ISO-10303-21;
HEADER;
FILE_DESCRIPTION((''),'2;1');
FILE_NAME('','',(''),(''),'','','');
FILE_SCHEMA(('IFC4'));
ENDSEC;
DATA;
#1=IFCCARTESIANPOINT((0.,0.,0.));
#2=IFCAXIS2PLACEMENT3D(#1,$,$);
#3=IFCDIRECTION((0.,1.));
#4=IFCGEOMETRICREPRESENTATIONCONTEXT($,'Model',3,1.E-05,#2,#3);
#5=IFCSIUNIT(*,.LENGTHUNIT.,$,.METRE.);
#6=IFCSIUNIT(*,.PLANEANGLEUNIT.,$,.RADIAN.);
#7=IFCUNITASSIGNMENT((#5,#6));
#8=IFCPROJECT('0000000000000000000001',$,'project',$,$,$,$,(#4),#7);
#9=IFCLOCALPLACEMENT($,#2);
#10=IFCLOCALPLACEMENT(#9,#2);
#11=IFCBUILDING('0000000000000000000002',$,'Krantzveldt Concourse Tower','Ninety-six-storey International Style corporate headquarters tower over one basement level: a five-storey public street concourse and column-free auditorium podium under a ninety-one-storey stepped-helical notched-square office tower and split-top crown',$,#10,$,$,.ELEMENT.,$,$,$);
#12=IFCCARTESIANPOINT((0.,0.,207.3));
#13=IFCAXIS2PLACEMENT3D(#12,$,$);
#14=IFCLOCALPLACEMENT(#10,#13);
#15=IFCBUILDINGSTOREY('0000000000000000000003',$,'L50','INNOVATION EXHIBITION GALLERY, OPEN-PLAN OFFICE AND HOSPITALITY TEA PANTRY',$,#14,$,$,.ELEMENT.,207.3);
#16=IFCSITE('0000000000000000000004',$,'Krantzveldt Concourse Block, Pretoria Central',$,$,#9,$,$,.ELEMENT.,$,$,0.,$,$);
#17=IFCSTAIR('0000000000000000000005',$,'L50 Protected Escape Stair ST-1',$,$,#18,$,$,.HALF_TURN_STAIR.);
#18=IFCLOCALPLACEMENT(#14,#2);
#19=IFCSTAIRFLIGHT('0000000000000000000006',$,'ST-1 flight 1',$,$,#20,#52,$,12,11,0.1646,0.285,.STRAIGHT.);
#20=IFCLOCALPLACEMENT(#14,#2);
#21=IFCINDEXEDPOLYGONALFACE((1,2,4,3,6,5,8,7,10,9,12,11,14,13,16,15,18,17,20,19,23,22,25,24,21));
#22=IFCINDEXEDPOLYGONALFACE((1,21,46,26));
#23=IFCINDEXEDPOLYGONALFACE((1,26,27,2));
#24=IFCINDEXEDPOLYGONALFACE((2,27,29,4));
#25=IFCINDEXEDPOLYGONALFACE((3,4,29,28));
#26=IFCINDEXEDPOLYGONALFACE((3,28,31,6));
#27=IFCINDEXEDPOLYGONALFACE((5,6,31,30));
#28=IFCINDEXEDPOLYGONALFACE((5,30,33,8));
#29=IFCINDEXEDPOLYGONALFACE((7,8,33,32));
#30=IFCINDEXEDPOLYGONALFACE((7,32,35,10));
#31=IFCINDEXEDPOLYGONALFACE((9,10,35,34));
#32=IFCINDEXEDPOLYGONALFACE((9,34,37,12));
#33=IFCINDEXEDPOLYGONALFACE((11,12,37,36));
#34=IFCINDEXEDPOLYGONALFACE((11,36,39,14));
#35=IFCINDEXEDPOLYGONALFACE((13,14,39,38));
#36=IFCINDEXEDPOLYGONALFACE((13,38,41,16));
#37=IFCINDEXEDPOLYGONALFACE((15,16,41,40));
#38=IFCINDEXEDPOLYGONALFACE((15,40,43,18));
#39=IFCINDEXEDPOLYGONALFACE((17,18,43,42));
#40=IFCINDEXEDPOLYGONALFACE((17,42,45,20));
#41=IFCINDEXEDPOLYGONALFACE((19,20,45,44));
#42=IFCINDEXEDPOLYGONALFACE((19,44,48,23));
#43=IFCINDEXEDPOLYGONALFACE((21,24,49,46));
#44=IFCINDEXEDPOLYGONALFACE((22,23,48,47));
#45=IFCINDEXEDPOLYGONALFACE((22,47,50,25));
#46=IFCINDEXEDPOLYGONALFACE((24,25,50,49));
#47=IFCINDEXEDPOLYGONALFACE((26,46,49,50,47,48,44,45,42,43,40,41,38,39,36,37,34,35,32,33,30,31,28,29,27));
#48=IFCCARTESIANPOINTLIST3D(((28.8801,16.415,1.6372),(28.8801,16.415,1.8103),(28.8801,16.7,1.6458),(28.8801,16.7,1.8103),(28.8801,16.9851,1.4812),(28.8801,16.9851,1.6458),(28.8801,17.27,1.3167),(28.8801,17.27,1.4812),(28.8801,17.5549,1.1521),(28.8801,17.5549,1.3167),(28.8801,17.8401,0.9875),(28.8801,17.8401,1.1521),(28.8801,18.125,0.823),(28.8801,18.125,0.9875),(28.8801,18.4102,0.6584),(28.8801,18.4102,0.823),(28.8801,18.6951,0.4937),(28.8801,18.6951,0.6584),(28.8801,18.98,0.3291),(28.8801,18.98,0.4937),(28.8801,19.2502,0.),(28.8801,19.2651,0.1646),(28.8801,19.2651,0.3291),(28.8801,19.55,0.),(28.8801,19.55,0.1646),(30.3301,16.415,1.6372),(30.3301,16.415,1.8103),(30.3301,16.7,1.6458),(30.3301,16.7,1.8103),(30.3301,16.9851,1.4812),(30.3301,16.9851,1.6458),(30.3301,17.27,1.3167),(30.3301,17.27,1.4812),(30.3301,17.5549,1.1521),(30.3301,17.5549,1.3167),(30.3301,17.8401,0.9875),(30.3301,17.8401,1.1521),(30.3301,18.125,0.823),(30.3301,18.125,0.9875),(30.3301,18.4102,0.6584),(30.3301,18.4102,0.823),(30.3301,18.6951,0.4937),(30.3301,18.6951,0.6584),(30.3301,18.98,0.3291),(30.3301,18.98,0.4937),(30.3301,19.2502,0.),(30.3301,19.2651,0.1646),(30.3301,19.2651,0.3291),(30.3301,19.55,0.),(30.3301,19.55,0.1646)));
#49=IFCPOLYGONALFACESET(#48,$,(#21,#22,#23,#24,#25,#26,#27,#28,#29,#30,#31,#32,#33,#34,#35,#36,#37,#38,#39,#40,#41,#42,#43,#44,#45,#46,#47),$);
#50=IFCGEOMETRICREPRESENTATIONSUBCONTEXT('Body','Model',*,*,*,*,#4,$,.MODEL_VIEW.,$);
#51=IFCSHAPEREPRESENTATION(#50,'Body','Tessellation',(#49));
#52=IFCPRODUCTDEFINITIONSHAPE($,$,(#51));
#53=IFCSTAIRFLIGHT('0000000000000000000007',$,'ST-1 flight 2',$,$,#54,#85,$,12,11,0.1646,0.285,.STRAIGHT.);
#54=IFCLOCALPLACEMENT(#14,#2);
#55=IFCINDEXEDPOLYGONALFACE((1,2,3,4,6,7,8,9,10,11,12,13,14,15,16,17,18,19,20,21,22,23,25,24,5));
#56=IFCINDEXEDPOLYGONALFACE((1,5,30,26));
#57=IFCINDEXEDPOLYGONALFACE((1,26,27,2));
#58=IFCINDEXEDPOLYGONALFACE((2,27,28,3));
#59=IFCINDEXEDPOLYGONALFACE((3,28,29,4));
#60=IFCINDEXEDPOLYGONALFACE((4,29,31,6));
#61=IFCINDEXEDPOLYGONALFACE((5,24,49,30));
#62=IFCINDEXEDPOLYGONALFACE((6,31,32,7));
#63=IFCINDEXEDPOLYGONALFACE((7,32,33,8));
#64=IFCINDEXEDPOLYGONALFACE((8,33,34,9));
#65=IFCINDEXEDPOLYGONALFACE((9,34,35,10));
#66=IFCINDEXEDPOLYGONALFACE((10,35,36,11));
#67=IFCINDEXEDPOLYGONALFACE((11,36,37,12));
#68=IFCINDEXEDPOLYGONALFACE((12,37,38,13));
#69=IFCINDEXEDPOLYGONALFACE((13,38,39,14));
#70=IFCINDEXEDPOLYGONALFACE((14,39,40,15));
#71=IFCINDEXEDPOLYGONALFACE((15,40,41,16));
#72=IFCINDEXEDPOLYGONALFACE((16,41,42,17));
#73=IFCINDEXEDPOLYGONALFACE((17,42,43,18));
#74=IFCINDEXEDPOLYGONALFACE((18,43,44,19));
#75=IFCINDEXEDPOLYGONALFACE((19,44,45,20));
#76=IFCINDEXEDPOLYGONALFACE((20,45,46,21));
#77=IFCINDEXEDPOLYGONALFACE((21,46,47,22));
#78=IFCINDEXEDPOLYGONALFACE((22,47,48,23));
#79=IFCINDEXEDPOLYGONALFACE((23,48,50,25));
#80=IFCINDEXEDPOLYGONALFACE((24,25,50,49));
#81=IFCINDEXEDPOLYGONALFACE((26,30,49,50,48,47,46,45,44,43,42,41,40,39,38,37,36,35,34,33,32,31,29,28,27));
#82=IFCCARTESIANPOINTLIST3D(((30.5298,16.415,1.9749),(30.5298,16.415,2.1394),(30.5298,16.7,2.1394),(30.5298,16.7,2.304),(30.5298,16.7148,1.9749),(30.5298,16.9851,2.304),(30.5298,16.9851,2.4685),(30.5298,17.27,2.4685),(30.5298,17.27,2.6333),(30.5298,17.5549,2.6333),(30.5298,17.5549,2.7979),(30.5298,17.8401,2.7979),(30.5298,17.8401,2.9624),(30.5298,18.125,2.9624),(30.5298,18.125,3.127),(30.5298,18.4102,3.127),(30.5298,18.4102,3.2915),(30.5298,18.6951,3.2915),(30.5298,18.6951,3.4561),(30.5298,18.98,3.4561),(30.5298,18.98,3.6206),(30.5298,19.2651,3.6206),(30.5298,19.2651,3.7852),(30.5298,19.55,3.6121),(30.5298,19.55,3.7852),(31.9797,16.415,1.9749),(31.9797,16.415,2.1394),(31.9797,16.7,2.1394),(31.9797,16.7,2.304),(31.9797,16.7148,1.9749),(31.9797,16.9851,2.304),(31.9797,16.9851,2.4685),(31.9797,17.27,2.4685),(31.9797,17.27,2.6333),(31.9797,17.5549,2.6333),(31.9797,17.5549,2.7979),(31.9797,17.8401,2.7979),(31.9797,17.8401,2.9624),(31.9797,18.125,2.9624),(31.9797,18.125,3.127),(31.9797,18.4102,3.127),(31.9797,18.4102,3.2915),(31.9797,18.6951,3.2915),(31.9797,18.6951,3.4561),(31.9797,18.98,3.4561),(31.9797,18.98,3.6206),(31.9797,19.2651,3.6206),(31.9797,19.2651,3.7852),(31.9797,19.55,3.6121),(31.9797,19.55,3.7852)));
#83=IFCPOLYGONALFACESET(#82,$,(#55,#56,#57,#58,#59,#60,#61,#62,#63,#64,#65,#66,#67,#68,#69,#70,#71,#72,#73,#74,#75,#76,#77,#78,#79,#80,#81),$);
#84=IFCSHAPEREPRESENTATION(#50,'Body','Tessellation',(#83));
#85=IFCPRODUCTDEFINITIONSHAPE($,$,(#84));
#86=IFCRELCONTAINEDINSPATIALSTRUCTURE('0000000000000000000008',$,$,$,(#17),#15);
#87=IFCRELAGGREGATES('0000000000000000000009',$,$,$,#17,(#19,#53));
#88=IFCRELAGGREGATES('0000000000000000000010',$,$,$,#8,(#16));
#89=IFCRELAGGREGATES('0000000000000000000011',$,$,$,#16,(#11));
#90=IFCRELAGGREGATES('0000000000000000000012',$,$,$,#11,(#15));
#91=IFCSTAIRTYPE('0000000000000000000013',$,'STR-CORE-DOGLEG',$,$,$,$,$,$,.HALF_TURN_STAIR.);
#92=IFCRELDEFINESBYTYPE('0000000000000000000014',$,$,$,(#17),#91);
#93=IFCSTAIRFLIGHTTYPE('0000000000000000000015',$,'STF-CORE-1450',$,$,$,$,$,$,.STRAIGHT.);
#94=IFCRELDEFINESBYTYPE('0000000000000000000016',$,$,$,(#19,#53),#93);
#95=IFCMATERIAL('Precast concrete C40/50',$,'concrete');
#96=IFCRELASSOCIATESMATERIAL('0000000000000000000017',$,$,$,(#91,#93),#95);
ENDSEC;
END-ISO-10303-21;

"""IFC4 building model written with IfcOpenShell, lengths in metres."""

from ifc_helpers import new_model, si_unit, direction, frame, origin, place, context, subcontext, project, spatial, polyline, outline, extrude, material, type_object, element, aggregate, save


model = new_model("IFC4")

# Units and contexts
model_context = context("Model", 3, precision=1e-05, world=origin(), true_north=direction((0.0, 1.0)))
body_context = subcontext(model_context, "Body", "Model", "MODEL_VIEW")
ifc_project = project(units=[si_unit("LENGTHUNIT", "METRE"), si_unit("PLANEANGLEUNIT", "RADIAN")], contexts=[model_context])

# Site, building, storey
site_placement = place(None, origin())
site = spatial("IfcSite", under=ifc_project, at=site_placement, Name="Krantzveldt Concourse Block, Pretoria Central", CompositionType="ELEMENT", RefElevation=0.0)
building_placement = place(site_placement, origin())
building = spatial("IfcBuilding", under=site, at=building_placement, Name="Krantzveldt Concourse Tower", Description="Ninety-six-storey International Style corporate headquarters tower over one basement level: a five-storey public street concourse and column-free auditorium podium under a ninety-one-storey stepped-helical notched-square office tower and split-top crown", CompositionType="ELEMENT")
storey_placement = place(building_placement, frame((0.0, 0.0, 207.3)))
storey = spatial("IfcBuildingStorey", under=building, at=storey_placement, Name="L50", Description="INNOVATION EXHIBITION GALLERY, OPEN-PLAN OFFICE AND HOSPITALITY TEA PANTRY", CompositionType="ELEMENT", Elevation=207.3)

# Stair, stair flights
ifc_material_1 = material(Name="Precast concrete C40/50", Category="concrete")
stair_type = type_object("IfcStairType", Name="STR-CORE-DOGLEG", PredefinedType="HALF_TURN_STAIR", material=ifc_material_1)
stair_placement = place(storey_placement, origin())
stair = element("IfcStair", 1, at=stair_placement, inside=storey, type_object=stair_type, Name="L50 Protected Escape Stair ST-1", PredefinedType="HALF_TURN_STAIR")
stair_flight_type = type_object("IfcStairFlightType", Name="STF-CORE-1450", PredefinedType="STRAIGHT", material=ifc_material_1)
stair_flight_1_placement = place(storey_placement, frame((29.605, 19.55, 0.0), z_axis=(0.0, 0.0, 1.0), x_axis=(0.0, -1.0, 0.0)))
stair_flight_1 = element("IfcStairFlight", 2, at=stair_flight_1_placement, type_object=stair_flight_type, Name="ST-1 flight 1", NumberOfRisers=12, NumberOfTreads=11, PredefinedType="STRAIGHT", RiserHeight=0.1646, TreadLength=0.285, context=body_context, shape_type="SweptSolid", body=[
    extrude(outline(polyline([(0.0, 0.0), (0.0, 0.1646), (0.2849, 0.1646), (0.2849, 0.3291), (0.5701, 0.3291), (0.5701, 0.4937), (0.855, 0.4937), (0.855, 0.6584), (1.1399, 0.6584), (1.1399, 0.823), (1.425, 0.823), (1.425, 0.9875), (1.71, 0.9875), (1.71, 1.1521), (1.9951, 1.1521), (1.9951, 1.3167), (2.28, 1.3167), (2.28, 1.4812), (2.5649, 1.4812), (2.5649, 1.6458), (2.8501, 1.6458), (2.8501, 1.8103), (3.135, 1.8103), (3.135, 1.9751), (3.135, 1.6372), (0.2998, 0.0), (0.0, 0.0)])), frame((0.0, 0.7251, 0.0), z_axis=(0.0, -1.0, 0.0), x_axis=(1.0, 0.0, 0.0)), (0.0, 0.0, 1.0), 1.45),
])
stair_flight_2_placement = place(storey_placement, frame((31.2549, 16.415, 1.9749), z_axis=(0.0, 0.0, 1.0), x_axis=(0.0, 1.0, 0.0)))
stair_flight_2 = element("IfcStairFlight", 3, at=stair_flight_2_placement, type_object=stair_flight_type, Name="ST-1 flight 2", NumberOfRisers=12, NumberOfTreads=11, PredefinedType="STRAIGHT", RiserHeight=0.1646, TreadLength=0.285, context=body_context, shape_type="SweptSolid", body=[
    extrude(outline(polyline([(0.0, 0.0), (0.0, 0.1646), (0.2849, 0.1646), (0.2849, 0.3291), (0.5701, 0.3291), (0.5701, 0.4937), (0.855, 0.4937), (0.855, 0.6584), (1.1399, 0.6584), (1.1399, 0.823), (1.425, 0.823), (1.425, 0.9875), (1.71, 0.9875), (1.71, 1.1521), (1.9951, 1.1521), (1.9951, 1.3167), (2.28, 1.3167), (2.28, 1.4812), (2.5649, 1.4812), (2.5649, 1.6458), (2.8501, 1.6458), (2.8501, 1.8103), (3.135, 1.8103), (3.135, 1.9751), (3.135, 1.6372), (0.2998, 0.0), (0.0, 0.0)])), frame((0.0, 0.7251, 0.0), z_axis=(0.0, -1.0, 0.0), x_axis=(1.0, 0.0, 0.0)), (0.0, 0.0, 1.0), 1.45),
])
aggregate(stair, [stair_flight_1, stair_flight_2])

save(model, "model.ifc")
